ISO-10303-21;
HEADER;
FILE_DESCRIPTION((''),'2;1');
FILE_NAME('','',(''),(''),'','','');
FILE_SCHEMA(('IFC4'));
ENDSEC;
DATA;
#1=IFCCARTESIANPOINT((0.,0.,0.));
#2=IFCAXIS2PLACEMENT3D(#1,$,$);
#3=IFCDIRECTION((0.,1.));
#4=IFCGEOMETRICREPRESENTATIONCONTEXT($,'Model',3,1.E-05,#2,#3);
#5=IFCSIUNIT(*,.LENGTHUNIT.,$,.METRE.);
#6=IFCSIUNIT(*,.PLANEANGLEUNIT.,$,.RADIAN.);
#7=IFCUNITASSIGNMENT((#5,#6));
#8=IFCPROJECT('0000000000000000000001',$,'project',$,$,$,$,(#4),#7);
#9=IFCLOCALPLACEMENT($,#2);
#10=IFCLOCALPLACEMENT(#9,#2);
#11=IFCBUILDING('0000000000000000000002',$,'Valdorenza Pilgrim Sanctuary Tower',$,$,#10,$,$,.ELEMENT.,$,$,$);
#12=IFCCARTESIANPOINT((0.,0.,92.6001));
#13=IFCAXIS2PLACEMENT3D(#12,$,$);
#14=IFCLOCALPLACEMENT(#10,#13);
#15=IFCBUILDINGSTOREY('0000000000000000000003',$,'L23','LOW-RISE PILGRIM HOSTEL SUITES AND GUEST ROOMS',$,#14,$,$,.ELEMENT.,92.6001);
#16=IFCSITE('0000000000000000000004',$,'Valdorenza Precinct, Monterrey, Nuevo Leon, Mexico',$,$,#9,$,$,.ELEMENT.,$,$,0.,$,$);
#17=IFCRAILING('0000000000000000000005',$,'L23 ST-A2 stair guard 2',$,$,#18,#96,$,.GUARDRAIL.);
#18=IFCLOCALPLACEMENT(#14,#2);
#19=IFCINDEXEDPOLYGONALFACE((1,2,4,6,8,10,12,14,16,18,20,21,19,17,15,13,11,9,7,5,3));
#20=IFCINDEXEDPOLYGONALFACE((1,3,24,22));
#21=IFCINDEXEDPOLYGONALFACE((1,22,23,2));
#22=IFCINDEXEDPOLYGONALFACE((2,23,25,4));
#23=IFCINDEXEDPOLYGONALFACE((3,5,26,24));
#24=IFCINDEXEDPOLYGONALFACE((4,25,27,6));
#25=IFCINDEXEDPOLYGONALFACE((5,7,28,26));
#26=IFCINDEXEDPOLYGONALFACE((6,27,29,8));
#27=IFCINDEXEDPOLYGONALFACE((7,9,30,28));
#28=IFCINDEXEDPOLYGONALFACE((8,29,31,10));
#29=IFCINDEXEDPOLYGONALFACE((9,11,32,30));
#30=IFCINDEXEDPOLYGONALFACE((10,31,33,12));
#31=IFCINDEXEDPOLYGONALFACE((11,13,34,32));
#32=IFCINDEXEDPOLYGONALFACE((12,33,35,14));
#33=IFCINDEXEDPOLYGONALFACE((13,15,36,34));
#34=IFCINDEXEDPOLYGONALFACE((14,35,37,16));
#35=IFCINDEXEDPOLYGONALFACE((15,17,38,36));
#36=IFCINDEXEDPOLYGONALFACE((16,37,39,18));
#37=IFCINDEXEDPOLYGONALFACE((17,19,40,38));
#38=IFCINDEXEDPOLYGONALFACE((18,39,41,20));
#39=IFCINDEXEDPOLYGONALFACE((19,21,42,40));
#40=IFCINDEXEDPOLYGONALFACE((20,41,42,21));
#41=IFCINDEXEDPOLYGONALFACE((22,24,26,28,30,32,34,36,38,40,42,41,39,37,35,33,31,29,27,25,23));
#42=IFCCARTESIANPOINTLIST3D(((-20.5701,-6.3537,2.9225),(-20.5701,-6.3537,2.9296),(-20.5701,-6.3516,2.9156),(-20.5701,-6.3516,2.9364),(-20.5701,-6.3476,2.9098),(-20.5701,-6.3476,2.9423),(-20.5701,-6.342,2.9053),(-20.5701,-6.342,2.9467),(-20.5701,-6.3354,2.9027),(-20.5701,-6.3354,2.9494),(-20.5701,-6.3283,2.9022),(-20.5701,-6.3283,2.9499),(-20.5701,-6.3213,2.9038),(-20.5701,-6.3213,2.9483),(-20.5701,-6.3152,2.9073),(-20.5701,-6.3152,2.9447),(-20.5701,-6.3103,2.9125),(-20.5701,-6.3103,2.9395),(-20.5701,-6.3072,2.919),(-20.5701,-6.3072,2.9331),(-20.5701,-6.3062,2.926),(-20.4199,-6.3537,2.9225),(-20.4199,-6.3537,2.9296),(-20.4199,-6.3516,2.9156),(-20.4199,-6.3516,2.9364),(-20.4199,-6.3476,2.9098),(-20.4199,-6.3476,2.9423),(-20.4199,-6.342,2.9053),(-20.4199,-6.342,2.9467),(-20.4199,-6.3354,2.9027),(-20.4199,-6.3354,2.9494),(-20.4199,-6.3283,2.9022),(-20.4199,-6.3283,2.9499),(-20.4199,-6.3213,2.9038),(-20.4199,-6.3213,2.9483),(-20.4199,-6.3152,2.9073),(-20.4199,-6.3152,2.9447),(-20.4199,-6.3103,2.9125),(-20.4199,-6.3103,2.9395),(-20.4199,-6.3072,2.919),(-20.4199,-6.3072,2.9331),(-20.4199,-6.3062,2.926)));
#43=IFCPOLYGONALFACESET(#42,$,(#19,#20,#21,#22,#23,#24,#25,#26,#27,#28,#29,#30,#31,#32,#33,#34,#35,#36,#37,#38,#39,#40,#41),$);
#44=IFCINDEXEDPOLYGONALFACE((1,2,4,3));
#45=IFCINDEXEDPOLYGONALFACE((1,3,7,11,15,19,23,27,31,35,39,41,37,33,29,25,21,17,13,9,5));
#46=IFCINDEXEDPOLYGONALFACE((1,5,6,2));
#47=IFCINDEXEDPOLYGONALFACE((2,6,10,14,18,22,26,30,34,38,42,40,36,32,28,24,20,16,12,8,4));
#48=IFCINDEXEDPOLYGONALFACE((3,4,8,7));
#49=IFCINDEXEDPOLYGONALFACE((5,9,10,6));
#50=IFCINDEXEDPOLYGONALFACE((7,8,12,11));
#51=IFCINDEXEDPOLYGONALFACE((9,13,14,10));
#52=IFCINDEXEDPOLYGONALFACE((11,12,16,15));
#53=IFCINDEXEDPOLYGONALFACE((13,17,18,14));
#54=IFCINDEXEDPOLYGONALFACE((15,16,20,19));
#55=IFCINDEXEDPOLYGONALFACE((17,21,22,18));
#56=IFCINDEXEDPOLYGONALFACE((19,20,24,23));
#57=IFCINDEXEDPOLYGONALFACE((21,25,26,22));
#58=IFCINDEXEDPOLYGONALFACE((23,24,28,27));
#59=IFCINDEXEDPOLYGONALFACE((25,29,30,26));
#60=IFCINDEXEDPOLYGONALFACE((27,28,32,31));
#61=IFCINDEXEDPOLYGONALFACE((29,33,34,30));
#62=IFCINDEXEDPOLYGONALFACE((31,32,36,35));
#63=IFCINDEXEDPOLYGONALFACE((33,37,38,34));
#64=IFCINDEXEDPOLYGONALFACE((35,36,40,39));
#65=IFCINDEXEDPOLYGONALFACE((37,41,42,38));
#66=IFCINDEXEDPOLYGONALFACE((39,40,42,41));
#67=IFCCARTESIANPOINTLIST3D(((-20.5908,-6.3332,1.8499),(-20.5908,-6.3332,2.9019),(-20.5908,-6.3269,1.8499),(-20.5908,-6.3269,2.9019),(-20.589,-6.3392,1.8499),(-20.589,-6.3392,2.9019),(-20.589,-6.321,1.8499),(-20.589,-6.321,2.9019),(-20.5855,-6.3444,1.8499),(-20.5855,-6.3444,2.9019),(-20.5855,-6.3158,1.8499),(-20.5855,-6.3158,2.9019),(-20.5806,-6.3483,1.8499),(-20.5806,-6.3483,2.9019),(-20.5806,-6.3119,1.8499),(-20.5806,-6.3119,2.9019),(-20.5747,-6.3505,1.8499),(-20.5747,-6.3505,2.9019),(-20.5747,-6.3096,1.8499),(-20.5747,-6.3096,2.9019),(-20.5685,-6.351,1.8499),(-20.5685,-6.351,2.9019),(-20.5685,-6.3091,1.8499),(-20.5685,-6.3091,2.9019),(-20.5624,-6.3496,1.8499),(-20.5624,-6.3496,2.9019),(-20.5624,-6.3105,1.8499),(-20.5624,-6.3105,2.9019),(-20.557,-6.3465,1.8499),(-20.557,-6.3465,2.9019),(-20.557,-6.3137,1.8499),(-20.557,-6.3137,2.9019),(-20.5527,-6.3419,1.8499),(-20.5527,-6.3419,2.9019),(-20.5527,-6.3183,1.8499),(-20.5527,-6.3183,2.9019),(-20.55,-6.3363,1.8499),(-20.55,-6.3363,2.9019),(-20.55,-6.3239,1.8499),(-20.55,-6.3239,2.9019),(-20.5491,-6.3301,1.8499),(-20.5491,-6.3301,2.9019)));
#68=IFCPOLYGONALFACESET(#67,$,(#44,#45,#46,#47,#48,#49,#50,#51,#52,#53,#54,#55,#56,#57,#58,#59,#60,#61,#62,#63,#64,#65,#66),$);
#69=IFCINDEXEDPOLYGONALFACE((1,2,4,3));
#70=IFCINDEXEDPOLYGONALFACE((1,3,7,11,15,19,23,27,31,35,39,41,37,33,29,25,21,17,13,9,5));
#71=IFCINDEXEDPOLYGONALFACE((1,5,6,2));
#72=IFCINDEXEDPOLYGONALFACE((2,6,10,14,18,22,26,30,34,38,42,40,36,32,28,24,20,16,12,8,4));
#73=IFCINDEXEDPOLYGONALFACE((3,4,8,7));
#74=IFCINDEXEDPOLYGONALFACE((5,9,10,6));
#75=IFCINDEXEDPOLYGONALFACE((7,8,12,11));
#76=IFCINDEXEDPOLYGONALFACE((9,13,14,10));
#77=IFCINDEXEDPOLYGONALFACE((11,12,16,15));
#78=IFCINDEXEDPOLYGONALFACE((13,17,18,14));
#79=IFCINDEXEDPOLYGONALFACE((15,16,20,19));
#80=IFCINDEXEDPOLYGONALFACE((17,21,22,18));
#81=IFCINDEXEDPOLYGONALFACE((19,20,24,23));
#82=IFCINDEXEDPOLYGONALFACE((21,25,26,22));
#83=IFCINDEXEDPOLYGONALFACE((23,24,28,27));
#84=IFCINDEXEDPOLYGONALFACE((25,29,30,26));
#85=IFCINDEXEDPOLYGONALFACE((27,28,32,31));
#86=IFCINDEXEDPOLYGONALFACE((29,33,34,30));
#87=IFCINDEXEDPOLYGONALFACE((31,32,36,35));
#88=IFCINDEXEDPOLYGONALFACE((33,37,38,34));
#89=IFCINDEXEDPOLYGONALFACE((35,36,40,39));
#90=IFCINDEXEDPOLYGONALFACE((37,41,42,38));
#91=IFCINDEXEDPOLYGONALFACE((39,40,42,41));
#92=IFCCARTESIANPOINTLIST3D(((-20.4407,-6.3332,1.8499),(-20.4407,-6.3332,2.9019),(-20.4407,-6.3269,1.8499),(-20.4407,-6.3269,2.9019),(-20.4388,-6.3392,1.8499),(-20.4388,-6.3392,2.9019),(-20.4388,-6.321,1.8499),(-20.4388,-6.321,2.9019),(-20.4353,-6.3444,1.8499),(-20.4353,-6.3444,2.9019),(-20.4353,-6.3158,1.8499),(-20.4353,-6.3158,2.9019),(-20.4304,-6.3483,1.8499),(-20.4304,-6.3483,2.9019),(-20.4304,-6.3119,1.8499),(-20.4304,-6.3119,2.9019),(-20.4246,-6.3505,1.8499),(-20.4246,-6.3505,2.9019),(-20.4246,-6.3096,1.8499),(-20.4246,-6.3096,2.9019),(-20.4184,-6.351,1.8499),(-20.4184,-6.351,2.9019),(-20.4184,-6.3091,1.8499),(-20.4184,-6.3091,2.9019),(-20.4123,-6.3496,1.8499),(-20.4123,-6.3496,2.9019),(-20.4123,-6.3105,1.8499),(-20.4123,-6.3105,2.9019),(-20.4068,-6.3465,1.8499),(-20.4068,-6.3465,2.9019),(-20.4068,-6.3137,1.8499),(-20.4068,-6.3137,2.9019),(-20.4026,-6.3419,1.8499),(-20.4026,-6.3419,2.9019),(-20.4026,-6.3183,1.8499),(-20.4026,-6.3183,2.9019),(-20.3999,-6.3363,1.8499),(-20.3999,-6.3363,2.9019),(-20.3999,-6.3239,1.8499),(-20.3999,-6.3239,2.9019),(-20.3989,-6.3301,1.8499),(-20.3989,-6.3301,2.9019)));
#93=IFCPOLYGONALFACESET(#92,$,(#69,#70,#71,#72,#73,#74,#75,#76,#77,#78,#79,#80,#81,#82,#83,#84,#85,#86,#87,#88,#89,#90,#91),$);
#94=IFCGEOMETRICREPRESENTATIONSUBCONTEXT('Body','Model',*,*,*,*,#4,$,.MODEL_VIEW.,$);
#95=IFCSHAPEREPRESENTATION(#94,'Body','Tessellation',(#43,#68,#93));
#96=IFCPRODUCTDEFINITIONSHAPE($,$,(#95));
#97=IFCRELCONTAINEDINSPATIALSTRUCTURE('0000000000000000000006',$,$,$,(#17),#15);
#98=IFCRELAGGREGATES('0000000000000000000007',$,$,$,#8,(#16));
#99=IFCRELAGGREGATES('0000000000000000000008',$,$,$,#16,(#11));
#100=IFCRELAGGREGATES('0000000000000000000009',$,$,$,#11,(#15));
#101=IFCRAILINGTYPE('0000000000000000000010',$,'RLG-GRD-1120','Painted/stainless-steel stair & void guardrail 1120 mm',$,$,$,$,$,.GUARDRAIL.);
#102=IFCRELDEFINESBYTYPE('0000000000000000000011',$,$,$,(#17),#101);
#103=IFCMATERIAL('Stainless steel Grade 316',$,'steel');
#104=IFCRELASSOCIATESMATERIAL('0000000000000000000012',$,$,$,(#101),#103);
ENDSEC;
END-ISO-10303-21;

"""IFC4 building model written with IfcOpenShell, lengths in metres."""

from ifc_helpers import new_model, si_unit, direction, frame, origin, origin_2d, place, context, subcontext, project, spatial, circle, extrude, material, type_object, element, save


model = new_model("IFC4")

# Units and contexts
model_context = context("Model", 3, precision=1e-05, world=origin(), true_north=direction((0.0, 1.0)))
body_context = subcontext(model_context, "Body", "Model", "MODEL_VIEW")
ifc_project = project(units=[si_unit("LENGTHUNIT", "METRE"), si_unit("PLANEANGLEUNIT", "RADIAN")], contexts=[model_context])

# Site, building, storey
site_placement = place(None, origin())
site = spatial("IfcSite", under=ifc_project, at=site_placement, Name="Valdorenza Precinct, Monterrey, Nuevo Leon, Mexico", CompositionType="ELEMENT", RefElevation=0.0)
building_placement = place(site_placement, origin())
building = spatial("IfcBuilding", under=site, at=building_placement, Name="Valdorenza Pilgrim Sanctuary Tower", CompositionType="ELEMENT")
storey_placement = place(building_placement, frame((0.0, 0.0, 92.6001)))
storey = spatial("IfcBuildingStorey", under=building, at=storey_placement, Name="L23", Description="LOW-RISE PILGRIM HOSTEL SUITES AND GUEST ROOMS", CompositionType="ELEMENT", Elevation=92.6001)

# Railing
ifc_material_1 = material(Name="Stainless steel Grade 316", Category="steel")
railing_type_1 = type_object("IfcRailingType", Name="RLG-GRD-1120", Description="Painted/stainless-steel stair & void guardrail 1120 mm", PredefinedType="GUARDRAIL", material=ifc_material_1)
railing_1_placement = place(storey_placement, frame((-20.5701, -6.3301, 1.8499)))
element("IfcRailing", 1, at=railing_1_placement, inside=storey, type_object=railing_type_1, Name="L23 ST-A2 stair guard 2", PredefinedType="GUARDRAIL", context=body_context, shape_type="SweptSolid", body=[
    extrude(circle(Radius=0.0239, at=origin_2d()), frame((0.0, 0.0, 1.0762), z_axis=(1.0, 0.0, 0.0), x_axis=(0.0, 1.0, 0.0)), (0.0, 0.0, 1.0), 0.1501),
    extrude(circle(Radius=0.021, at=origin_2d()), origin(), (0.0, 0.0, 1.0), 1.052),
    extrude(circle(Radius=0.021, at=origin_2d()), frame((0.1501, 0.0, 0.0)), (0.0, 0.0, 1.0), 1.052),
])

save(model, "model.ifc")
